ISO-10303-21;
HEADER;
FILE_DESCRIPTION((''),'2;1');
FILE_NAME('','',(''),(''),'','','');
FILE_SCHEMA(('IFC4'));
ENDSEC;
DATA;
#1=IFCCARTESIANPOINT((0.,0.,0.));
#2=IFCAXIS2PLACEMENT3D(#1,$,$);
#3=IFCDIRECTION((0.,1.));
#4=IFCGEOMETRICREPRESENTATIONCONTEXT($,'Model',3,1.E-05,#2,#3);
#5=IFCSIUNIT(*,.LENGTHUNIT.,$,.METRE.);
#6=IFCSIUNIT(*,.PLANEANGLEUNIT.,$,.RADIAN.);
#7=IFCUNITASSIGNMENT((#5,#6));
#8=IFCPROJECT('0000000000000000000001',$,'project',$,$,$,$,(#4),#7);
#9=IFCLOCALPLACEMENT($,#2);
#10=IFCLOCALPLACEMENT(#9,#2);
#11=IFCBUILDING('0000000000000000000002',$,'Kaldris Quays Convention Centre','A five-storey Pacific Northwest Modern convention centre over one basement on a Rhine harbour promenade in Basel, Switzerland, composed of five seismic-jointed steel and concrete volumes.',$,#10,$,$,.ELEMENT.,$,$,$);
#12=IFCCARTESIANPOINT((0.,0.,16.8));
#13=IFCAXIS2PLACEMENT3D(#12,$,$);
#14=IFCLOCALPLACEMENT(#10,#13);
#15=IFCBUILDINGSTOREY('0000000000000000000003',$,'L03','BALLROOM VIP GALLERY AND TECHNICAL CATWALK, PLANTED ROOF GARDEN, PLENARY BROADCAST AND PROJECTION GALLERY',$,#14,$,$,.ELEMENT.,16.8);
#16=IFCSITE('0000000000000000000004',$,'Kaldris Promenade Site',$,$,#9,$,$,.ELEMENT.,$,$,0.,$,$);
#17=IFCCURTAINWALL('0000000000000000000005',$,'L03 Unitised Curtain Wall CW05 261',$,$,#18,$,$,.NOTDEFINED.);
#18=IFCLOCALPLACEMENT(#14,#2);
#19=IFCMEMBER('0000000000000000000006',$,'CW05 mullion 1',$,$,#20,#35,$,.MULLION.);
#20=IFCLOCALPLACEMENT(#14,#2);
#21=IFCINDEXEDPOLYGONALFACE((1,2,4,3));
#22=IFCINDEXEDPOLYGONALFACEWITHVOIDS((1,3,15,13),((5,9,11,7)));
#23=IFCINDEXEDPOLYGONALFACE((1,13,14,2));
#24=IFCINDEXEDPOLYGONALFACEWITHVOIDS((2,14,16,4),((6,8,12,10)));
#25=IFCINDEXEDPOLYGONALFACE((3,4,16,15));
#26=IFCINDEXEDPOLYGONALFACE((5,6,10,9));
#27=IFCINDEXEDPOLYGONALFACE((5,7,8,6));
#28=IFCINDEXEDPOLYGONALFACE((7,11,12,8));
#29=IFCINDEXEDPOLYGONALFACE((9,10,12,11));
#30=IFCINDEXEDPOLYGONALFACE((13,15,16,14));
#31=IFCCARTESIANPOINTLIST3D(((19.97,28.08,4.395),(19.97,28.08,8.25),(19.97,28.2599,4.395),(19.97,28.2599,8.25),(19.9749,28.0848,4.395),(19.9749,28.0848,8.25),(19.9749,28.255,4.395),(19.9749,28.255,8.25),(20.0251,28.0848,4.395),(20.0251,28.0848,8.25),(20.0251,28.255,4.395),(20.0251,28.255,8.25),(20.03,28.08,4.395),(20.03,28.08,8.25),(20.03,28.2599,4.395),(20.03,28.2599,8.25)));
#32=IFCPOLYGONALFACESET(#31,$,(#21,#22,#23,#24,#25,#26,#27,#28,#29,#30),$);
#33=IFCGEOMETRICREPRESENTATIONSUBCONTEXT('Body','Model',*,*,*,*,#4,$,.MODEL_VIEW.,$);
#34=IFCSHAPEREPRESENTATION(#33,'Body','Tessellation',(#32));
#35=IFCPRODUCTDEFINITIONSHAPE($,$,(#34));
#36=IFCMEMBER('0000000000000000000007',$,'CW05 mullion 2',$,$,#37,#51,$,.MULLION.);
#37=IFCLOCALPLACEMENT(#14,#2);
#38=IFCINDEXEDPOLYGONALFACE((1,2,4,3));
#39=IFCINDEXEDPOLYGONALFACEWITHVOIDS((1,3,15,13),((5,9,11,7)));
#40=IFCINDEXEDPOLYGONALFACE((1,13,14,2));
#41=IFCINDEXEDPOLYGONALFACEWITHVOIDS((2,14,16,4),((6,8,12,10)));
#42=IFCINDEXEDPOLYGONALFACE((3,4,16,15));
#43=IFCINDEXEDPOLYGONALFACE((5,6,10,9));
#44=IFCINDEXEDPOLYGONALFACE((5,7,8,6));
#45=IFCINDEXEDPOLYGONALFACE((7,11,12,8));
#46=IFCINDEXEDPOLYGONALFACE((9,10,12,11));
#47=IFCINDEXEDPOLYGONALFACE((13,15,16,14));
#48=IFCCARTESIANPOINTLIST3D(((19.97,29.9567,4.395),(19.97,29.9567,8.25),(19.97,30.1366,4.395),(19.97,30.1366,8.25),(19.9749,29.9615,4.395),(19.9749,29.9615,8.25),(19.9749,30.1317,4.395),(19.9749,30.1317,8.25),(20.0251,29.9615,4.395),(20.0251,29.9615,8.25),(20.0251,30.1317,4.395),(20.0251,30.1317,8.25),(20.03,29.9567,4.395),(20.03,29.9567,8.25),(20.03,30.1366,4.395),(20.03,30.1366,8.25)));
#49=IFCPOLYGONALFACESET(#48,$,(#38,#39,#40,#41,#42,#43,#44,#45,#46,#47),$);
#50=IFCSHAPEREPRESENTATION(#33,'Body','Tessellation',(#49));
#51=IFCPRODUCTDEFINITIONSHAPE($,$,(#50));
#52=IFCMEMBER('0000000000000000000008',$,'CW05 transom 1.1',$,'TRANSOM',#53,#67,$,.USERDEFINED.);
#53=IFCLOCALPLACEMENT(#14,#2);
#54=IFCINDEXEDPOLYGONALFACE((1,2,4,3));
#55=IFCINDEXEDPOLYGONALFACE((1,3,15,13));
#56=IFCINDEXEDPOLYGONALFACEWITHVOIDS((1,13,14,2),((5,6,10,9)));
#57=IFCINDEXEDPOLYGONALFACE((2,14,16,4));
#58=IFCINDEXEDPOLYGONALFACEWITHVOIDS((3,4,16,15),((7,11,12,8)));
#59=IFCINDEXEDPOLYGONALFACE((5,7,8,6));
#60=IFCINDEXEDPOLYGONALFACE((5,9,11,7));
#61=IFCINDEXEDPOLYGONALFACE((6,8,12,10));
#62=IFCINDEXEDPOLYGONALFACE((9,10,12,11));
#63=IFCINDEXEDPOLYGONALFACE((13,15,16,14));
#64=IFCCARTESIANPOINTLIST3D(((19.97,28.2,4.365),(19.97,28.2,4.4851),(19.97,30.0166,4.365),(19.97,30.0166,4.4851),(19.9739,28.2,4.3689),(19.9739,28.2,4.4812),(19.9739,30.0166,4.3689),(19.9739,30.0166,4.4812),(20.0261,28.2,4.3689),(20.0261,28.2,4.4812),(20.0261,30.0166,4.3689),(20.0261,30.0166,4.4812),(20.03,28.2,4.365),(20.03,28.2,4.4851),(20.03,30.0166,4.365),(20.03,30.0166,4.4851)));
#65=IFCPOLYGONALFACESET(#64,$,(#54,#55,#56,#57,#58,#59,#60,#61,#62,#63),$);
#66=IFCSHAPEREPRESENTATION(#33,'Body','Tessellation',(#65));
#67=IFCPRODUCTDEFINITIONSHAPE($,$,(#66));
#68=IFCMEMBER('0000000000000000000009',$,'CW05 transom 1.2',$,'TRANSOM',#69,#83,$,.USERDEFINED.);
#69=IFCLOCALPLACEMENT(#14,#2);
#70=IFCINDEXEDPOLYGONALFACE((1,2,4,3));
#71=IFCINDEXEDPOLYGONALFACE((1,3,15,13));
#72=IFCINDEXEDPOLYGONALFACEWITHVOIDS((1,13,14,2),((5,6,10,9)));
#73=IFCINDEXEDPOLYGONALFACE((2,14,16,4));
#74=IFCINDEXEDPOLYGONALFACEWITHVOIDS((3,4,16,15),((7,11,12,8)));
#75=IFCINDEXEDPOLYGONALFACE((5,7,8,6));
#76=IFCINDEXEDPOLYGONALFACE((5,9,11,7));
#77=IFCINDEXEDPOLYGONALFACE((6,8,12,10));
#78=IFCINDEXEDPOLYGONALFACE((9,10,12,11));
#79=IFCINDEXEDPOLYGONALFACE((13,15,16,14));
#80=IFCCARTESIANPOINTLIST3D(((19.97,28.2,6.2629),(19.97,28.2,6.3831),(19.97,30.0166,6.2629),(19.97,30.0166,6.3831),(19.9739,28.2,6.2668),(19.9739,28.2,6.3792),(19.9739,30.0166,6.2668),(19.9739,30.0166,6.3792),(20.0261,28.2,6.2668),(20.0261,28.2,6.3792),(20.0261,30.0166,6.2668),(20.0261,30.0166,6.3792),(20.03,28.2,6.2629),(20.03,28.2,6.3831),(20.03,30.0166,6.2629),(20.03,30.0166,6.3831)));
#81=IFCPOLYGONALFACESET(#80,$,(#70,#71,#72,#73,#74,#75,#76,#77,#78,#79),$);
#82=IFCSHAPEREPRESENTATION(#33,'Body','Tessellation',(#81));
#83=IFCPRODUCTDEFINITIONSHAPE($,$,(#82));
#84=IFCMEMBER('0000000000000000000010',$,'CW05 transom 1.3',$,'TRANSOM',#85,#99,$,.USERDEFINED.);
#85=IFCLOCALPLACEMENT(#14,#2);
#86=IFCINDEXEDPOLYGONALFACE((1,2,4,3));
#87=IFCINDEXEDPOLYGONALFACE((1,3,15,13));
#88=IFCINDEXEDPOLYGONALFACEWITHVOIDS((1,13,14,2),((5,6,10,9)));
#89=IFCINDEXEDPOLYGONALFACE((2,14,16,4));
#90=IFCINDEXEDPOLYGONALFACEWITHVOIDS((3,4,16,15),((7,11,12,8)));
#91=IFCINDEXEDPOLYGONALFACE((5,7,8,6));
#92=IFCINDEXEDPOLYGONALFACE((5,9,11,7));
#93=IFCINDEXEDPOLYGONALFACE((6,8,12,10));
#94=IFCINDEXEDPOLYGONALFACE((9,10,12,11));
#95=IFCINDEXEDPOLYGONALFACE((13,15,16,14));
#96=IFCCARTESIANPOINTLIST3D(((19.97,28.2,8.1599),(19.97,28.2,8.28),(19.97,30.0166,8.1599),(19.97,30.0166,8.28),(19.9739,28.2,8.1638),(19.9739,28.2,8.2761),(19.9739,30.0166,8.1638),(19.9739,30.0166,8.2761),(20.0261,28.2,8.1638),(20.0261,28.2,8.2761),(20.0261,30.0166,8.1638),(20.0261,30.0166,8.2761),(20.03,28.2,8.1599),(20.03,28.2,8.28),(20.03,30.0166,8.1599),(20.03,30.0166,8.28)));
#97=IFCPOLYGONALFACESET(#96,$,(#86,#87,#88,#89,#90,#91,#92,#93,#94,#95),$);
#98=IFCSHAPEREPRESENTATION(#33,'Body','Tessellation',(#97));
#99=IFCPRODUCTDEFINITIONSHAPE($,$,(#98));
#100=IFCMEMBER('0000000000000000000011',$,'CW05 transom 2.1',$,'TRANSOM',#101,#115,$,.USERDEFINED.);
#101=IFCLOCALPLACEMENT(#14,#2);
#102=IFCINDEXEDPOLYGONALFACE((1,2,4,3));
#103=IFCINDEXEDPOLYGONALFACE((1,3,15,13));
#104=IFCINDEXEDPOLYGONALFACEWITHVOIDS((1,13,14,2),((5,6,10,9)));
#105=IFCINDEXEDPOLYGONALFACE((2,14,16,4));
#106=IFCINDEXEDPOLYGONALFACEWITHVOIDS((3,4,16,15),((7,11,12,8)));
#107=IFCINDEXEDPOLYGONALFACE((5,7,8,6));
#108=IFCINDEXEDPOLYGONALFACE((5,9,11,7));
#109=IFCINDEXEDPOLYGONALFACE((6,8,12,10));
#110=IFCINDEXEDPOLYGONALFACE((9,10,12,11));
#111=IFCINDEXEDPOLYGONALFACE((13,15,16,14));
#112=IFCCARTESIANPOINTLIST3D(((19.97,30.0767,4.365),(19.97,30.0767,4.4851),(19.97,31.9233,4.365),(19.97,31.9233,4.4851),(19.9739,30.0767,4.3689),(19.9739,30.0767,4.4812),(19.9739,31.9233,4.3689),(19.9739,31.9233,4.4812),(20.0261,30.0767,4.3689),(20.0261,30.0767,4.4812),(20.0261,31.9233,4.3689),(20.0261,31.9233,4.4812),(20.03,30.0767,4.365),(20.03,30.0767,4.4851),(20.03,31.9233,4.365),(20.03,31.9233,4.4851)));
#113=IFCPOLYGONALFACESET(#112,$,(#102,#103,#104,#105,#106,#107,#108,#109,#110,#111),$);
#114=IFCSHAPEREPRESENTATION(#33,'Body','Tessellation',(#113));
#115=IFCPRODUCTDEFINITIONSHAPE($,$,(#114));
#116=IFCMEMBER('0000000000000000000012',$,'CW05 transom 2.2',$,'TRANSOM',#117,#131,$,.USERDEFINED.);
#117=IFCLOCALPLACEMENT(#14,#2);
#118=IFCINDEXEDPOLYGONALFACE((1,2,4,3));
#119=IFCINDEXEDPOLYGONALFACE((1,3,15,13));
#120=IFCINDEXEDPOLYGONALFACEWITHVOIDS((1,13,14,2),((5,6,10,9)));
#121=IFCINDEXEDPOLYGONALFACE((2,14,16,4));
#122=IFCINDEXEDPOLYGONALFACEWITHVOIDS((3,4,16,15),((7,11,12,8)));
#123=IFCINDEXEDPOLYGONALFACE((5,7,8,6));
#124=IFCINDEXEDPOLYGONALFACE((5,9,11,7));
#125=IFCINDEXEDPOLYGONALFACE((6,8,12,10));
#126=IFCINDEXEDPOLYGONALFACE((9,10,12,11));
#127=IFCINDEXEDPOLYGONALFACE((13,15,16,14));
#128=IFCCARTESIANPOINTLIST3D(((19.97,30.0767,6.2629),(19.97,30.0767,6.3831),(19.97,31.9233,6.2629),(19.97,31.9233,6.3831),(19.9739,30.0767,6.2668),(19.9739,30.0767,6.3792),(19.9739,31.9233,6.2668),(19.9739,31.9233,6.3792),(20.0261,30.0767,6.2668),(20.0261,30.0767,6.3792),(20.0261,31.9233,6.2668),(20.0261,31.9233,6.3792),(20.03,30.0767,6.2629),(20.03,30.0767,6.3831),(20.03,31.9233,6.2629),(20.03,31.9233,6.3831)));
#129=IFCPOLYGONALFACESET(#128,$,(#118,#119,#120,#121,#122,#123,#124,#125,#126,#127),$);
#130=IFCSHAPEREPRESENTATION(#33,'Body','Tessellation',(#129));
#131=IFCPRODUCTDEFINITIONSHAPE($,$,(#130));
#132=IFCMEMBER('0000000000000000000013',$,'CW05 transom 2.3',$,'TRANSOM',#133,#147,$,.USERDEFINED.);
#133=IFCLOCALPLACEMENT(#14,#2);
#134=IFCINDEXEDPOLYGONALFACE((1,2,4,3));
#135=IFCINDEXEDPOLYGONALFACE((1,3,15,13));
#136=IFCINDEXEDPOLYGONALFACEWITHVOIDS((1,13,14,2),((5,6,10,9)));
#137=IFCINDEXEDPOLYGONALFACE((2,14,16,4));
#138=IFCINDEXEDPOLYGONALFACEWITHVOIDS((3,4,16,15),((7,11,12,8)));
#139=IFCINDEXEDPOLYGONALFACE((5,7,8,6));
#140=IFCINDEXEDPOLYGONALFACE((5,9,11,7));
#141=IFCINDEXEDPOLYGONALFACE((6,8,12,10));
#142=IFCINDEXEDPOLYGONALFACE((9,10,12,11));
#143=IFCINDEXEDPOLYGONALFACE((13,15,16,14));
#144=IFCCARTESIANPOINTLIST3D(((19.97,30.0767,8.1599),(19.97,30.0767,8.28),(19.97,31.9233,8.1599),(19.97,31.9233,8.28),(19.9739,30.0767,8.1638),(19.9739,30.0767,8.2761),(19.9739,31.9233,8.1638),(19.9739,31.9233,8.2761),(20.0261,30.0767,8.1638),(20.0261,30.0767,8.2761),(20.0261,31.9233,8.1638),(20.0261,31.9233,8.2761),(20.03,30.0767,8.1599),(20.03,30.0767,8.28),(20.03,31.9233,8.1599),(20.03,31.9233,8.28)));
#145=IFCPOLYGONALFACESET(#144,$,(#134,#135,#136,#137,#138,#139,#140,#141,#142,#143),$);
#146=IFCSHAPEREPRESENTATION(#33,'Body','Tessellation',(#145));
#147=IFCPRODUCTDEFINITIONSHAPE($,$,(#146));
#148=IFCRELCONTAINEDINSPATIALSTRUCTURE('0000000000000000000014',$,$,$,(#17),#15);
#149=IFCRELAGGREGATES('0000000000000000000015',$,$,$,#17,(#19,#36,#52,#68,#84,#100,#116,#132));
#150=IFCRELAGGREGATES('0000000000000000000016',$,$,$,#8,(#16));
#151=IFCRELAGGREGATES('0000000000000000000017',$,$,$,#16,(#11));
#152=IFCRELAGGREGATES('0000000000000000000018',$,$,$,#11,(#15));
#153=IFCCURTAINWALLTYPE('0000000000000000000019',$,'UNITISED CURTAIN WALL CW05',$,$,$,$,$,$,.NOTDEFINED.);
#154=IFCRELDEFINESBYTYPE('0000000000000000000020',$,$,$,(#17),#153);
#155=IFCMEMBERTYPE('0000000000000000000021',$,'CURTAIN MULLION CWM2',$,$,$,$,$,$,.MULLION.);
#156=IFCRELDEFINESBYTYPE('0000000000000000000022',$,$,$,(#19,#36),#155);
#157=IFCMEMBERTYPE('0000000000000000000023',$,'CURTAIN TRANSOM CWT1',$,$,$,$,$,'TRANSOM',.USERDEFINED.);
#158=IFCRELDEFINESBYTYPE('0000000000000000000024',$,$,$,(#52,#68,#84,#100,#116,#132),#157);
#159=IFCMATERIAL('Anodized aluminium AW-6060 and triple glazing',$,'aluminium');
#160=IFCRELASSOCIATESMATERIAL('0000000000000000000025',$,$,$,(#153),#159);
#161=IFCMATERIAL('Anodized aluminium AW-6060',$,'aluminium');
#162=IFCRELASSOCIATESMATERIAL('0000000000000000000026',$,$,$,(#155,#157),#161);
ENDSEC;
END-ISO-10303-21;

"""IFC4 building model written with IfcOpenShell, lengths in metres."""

from ifc_helpers import new_model, si_unit, direction, frame, origin, origin_2d, place, context, subcontext, project, spatial, hollow_rectangle, extrude, material, material_profile, profile_set, type_object, element, aggregate, save


model = new_model("IFC4")

# Units and contexts
model_context = context("Model", 3, precision=1e-05, world=origin(), true_north=direction((0.0, 1.0)))
body_context = subcontext(model_context, "Body", "Model", "MODEL_VIEW")
ifc_project = project(units=[si_unit("LENGTHUNIT", "METRE"), si_unit("PLANEANGLEUNIT", "RADIAN")], contexts=[model_context])

# Site, building, storey
site_placement = place(None, origin())
site = spatial("IfcSite", under=ifc_project, at=site_placement, Name="Kaldris Promenade Site", CompositionType="ELEMENT", RefElevation=0.0)
building_placement = place(site_placement, origin())
building = spatial("IfcBuilding", under=site, at=building_placement, Name="Kaldris Quays Convention Centre", Description="A five-storey Pacific Northwest Modern convention centre over one basement on a Rhine harbour promenade in Basel, Switzerland, composed of five seismic-jointed steel and concrete volumes.", CompositionType="ELEMENT")
storey_placement = place(building_placement, frame((0.0, 0.0, 16.8)))
storey = spatial("IfcBuildingStorey", under=building, at=storey_placement, Name="L03", Description="BALLROOM VIP GALLERY AND TECHNICAL CATWALK, PLANTED ROOF GARDEN, PLENARY BROADCAST AND PROJECTION GALLERY", CompositionType="ELEMENT", Elevation=16.8)

# Curtain wall, members
ifc_material_1 = material(Name="Anodized aluminium AW-6060 and triple glazing", Category="aluminium")
curtain_wall_type = type_object("IfcCurtainWallType", Name="UNITISED CURTAIN WALL CW05", PredefinedType="NOTDEFINED", material=ifc_material_1)
curtain_wall_placement = place(storey_placement, origin())
curtain_wall = element("IfcCurtainWall", 1, at=curtain_wall_placement, inside=storey, type_object=curtain_wall_type, Name="L03 Unitised Curtain Wall CW05 261", PredefinedType="NOTDEFINED")
ifc_material_2 = material(Name="Anodized aluminium AW-6060", Category="aluminium")
ifc_material_profile_1 = material_profile(ifc_material_2, hollow_rectangle(XDim=0.0601, YDim=0.1799, WallThickness=0.0049, at=origin_2d()), Name="RHS 180x60x5")
ifc_profile_set_1 = profile_set([ifc_material_profile_1], Name="Anodized aluminium AW-6060")
member_type_1 = type_object("IfcMemberType", Name="CURTAIN MULLION CWM2", PredefinedType="MULLION", material=ifc_profile_set_1)
member_1_placement = place(storey_placement, frame((20.0, 28.1699, 4.395), z_axis=(0.0, 0.0, 1.0), x_axis=(-1.0, 0.0, 0.0)))
member_1 = element("IfcMember", 2, at=member_1_placement, type_object=member_type_1, Name="CW05 mullion 1", PredefinedType="MULLION", context=body_context, shape_type="SweptSolid", body=[
    extrude(hollow_rectangle(XDim=0.0601, YDim=0.1799, WallThickness=0.0049, at=origin_2d()), origin(), (0.0, 0.0, 1.0), 3.855),
])
member_2_placement = place(storey_placement, frame((20.0, 30.0466, 4.395), z_axis=(0.0, 0.0, 1.0), x_axis=(-1.0, 0.0, 0.0)))
member_2 = element("IfcMember", 3, at=member_2_placement, type_object=member_type_1, Name="CW05 mullion 2", PredefinedType="MULLION", context=body_context, shape_type="SweptSolid", body=[
    extrude(hollow_rectangle(XDim=0.0601, YDim=0.1799, WallThickness=0.0049, at=origin_2d()), origin(), (0.0, 0.0, 1.0), 3.855),
])
ifc_material_profile_2 = material_profile(ifc_material_2, hollow_rectangle(XDim=0.0601, YDim=0.1201, WallThickness=0.0039, at=origin_2d()), Name="RHS 120x60x4")
ifc_profile_set_2 = profile_set([ifc_material_profile_2], Name="Anodized aluminium AW-6060")
member_type_2 = type_object("IfcMemberType", Name="CURTAIN TRANSOM CWT1", ElementType="TRANSOM", PredefinedType="USERDEFINED", material=ifc_profile_set_2)
member_3_placement = place(storey_placement, frame((20.0, 28.2, 4.425), z_axis=(0.0, 1.0, 0.0), x_axis=(-1.0, 0.0, 0.0)))
member_3 = element("IfcMember", 4, at=member_3_placement, type_object=member_type_2, Name="CW05 transom 1.1", ObjectType="TRANSOM", PredefinedType="USERDEFINED", context=body_context, shape_type="SweptSolid", body=[
    extrude(hollow_rectangle(XDim=0.0601, YDim=0.1201, WallThickness=0.0039, at=origin_2d()), origin(), (0.0, 0.0, 1.0), 1.8167),
])
member_4_placement = place(storey_placement, frame((20.0, 28.2, 6.323), z_axis=(0.0, 1.0, 0.0), x_axis=(-1.0, 0.0, 0.0)))
member_4 = element("IfcMember", 5, at=member_4_placement, type_object=member_type_2, Name="CW05 transom 1.2", ObjectType="TRANSOM", PredefinedType="USERDEFINED", context=body_context, shape_type="SweptSolid", body=[
    extrude(hollow_rectangle(XDim=0.0601, YDim=0.1201, WallThickness=0.0039, at=origin_2d()), origin(), (0.0, 0.0, 1.0), 1.8167),
])
member_5_placement = place(storey_placement, frame((20.0, 28.2, 8.22), z_axis=(0.0, 1.0, 0.0), x_axis=(-1.0, 0.0, 0.0)))
member_5 = element("IfcMember", 6, at=member_5_placement, type_object=member_type_2, Name="CW05 transom 1.3", ObjectType="TRANSOM", PredefinedType="USERDEFINED", context=body_context, shape_type="SweptSolid", body=[
    extrude(hollow_rectangle(XDim=0.0601, YDim=0.1201, WallThickness=0.0039, at=origin_2d()), origin(), (0.0, 0.0, 1.0), 1.8167),
])
member_6_placement = place(storey_placement, frame((20.0, 30.0767, 4.425), z_axis=(0.0, 1.0, 0.0), x_axis=(-1.0, 0.0, 0.0)))
member_6 = element("IfcMember", 7, at=member_6_placement, type_object=member_type_2, Name="CW05 transom 2.1", ObjectType="TRANSOM", PredefinedType="USERDEFINED", context=body_context, shape_type="SweptSolid", body=[
    extrude(hollow_rectangle(XDim=0.0601, YDim=0.1201, WallThickness=0.0039, at=origin_2d()), origin(), (0.0, 0.0, 1.0), 1.8467),
])
member_7_placement = place(storey_placement, frame((20.0, 30.0767, 6.323), z_axis=(0.0, 1.0, 0.0), x_axis=(-1.0, 0.0, 0.0)))
member_7 = element("IfcMember", 8, at=member_7_placement, type_object=member_type_2, Name="CW05 transom 2.2", ObjectType="TRANSOM", PredefinedType="USERDEFINED", context=body_context, shape_type="SweptSolid", body=[
    extrude(hollow_rectangle(XDim=0.0601, YDim=0.1201, WallThickness=0.0039, at=origin_2d()), origin(), (0.0, 0.0, 1.0), 1.8467),
])
member_8_placement = place(storey_placement, frame((20.0, 30.0767, 8.22), z_axis=(0.0, 1.0, 0.0), x_axis=(-1.0, 0.0, 0.0)))
member_8 = element("IfcMember", 9, at=member_8_placement, type_object=member_type_2, Name="CW05 transom 2.3", ObjectType="TRANSOM", PredefinedType="USERDEFINED", context=body_context, shape_type="SweptSolid", body=[
    extrude(hollow_rectangle(XDim=0.0601, YDim=0.1201, WallThickness=0.0039, at=origin_2d()), origin(), (0.0, 0.0, 1.0), 1.8467),
])

aggregate(curtain_wall, [member_1, member_2, member_3, member_4, member_5, member_6, member_7, member_8])

save(model, "model.ifc")
